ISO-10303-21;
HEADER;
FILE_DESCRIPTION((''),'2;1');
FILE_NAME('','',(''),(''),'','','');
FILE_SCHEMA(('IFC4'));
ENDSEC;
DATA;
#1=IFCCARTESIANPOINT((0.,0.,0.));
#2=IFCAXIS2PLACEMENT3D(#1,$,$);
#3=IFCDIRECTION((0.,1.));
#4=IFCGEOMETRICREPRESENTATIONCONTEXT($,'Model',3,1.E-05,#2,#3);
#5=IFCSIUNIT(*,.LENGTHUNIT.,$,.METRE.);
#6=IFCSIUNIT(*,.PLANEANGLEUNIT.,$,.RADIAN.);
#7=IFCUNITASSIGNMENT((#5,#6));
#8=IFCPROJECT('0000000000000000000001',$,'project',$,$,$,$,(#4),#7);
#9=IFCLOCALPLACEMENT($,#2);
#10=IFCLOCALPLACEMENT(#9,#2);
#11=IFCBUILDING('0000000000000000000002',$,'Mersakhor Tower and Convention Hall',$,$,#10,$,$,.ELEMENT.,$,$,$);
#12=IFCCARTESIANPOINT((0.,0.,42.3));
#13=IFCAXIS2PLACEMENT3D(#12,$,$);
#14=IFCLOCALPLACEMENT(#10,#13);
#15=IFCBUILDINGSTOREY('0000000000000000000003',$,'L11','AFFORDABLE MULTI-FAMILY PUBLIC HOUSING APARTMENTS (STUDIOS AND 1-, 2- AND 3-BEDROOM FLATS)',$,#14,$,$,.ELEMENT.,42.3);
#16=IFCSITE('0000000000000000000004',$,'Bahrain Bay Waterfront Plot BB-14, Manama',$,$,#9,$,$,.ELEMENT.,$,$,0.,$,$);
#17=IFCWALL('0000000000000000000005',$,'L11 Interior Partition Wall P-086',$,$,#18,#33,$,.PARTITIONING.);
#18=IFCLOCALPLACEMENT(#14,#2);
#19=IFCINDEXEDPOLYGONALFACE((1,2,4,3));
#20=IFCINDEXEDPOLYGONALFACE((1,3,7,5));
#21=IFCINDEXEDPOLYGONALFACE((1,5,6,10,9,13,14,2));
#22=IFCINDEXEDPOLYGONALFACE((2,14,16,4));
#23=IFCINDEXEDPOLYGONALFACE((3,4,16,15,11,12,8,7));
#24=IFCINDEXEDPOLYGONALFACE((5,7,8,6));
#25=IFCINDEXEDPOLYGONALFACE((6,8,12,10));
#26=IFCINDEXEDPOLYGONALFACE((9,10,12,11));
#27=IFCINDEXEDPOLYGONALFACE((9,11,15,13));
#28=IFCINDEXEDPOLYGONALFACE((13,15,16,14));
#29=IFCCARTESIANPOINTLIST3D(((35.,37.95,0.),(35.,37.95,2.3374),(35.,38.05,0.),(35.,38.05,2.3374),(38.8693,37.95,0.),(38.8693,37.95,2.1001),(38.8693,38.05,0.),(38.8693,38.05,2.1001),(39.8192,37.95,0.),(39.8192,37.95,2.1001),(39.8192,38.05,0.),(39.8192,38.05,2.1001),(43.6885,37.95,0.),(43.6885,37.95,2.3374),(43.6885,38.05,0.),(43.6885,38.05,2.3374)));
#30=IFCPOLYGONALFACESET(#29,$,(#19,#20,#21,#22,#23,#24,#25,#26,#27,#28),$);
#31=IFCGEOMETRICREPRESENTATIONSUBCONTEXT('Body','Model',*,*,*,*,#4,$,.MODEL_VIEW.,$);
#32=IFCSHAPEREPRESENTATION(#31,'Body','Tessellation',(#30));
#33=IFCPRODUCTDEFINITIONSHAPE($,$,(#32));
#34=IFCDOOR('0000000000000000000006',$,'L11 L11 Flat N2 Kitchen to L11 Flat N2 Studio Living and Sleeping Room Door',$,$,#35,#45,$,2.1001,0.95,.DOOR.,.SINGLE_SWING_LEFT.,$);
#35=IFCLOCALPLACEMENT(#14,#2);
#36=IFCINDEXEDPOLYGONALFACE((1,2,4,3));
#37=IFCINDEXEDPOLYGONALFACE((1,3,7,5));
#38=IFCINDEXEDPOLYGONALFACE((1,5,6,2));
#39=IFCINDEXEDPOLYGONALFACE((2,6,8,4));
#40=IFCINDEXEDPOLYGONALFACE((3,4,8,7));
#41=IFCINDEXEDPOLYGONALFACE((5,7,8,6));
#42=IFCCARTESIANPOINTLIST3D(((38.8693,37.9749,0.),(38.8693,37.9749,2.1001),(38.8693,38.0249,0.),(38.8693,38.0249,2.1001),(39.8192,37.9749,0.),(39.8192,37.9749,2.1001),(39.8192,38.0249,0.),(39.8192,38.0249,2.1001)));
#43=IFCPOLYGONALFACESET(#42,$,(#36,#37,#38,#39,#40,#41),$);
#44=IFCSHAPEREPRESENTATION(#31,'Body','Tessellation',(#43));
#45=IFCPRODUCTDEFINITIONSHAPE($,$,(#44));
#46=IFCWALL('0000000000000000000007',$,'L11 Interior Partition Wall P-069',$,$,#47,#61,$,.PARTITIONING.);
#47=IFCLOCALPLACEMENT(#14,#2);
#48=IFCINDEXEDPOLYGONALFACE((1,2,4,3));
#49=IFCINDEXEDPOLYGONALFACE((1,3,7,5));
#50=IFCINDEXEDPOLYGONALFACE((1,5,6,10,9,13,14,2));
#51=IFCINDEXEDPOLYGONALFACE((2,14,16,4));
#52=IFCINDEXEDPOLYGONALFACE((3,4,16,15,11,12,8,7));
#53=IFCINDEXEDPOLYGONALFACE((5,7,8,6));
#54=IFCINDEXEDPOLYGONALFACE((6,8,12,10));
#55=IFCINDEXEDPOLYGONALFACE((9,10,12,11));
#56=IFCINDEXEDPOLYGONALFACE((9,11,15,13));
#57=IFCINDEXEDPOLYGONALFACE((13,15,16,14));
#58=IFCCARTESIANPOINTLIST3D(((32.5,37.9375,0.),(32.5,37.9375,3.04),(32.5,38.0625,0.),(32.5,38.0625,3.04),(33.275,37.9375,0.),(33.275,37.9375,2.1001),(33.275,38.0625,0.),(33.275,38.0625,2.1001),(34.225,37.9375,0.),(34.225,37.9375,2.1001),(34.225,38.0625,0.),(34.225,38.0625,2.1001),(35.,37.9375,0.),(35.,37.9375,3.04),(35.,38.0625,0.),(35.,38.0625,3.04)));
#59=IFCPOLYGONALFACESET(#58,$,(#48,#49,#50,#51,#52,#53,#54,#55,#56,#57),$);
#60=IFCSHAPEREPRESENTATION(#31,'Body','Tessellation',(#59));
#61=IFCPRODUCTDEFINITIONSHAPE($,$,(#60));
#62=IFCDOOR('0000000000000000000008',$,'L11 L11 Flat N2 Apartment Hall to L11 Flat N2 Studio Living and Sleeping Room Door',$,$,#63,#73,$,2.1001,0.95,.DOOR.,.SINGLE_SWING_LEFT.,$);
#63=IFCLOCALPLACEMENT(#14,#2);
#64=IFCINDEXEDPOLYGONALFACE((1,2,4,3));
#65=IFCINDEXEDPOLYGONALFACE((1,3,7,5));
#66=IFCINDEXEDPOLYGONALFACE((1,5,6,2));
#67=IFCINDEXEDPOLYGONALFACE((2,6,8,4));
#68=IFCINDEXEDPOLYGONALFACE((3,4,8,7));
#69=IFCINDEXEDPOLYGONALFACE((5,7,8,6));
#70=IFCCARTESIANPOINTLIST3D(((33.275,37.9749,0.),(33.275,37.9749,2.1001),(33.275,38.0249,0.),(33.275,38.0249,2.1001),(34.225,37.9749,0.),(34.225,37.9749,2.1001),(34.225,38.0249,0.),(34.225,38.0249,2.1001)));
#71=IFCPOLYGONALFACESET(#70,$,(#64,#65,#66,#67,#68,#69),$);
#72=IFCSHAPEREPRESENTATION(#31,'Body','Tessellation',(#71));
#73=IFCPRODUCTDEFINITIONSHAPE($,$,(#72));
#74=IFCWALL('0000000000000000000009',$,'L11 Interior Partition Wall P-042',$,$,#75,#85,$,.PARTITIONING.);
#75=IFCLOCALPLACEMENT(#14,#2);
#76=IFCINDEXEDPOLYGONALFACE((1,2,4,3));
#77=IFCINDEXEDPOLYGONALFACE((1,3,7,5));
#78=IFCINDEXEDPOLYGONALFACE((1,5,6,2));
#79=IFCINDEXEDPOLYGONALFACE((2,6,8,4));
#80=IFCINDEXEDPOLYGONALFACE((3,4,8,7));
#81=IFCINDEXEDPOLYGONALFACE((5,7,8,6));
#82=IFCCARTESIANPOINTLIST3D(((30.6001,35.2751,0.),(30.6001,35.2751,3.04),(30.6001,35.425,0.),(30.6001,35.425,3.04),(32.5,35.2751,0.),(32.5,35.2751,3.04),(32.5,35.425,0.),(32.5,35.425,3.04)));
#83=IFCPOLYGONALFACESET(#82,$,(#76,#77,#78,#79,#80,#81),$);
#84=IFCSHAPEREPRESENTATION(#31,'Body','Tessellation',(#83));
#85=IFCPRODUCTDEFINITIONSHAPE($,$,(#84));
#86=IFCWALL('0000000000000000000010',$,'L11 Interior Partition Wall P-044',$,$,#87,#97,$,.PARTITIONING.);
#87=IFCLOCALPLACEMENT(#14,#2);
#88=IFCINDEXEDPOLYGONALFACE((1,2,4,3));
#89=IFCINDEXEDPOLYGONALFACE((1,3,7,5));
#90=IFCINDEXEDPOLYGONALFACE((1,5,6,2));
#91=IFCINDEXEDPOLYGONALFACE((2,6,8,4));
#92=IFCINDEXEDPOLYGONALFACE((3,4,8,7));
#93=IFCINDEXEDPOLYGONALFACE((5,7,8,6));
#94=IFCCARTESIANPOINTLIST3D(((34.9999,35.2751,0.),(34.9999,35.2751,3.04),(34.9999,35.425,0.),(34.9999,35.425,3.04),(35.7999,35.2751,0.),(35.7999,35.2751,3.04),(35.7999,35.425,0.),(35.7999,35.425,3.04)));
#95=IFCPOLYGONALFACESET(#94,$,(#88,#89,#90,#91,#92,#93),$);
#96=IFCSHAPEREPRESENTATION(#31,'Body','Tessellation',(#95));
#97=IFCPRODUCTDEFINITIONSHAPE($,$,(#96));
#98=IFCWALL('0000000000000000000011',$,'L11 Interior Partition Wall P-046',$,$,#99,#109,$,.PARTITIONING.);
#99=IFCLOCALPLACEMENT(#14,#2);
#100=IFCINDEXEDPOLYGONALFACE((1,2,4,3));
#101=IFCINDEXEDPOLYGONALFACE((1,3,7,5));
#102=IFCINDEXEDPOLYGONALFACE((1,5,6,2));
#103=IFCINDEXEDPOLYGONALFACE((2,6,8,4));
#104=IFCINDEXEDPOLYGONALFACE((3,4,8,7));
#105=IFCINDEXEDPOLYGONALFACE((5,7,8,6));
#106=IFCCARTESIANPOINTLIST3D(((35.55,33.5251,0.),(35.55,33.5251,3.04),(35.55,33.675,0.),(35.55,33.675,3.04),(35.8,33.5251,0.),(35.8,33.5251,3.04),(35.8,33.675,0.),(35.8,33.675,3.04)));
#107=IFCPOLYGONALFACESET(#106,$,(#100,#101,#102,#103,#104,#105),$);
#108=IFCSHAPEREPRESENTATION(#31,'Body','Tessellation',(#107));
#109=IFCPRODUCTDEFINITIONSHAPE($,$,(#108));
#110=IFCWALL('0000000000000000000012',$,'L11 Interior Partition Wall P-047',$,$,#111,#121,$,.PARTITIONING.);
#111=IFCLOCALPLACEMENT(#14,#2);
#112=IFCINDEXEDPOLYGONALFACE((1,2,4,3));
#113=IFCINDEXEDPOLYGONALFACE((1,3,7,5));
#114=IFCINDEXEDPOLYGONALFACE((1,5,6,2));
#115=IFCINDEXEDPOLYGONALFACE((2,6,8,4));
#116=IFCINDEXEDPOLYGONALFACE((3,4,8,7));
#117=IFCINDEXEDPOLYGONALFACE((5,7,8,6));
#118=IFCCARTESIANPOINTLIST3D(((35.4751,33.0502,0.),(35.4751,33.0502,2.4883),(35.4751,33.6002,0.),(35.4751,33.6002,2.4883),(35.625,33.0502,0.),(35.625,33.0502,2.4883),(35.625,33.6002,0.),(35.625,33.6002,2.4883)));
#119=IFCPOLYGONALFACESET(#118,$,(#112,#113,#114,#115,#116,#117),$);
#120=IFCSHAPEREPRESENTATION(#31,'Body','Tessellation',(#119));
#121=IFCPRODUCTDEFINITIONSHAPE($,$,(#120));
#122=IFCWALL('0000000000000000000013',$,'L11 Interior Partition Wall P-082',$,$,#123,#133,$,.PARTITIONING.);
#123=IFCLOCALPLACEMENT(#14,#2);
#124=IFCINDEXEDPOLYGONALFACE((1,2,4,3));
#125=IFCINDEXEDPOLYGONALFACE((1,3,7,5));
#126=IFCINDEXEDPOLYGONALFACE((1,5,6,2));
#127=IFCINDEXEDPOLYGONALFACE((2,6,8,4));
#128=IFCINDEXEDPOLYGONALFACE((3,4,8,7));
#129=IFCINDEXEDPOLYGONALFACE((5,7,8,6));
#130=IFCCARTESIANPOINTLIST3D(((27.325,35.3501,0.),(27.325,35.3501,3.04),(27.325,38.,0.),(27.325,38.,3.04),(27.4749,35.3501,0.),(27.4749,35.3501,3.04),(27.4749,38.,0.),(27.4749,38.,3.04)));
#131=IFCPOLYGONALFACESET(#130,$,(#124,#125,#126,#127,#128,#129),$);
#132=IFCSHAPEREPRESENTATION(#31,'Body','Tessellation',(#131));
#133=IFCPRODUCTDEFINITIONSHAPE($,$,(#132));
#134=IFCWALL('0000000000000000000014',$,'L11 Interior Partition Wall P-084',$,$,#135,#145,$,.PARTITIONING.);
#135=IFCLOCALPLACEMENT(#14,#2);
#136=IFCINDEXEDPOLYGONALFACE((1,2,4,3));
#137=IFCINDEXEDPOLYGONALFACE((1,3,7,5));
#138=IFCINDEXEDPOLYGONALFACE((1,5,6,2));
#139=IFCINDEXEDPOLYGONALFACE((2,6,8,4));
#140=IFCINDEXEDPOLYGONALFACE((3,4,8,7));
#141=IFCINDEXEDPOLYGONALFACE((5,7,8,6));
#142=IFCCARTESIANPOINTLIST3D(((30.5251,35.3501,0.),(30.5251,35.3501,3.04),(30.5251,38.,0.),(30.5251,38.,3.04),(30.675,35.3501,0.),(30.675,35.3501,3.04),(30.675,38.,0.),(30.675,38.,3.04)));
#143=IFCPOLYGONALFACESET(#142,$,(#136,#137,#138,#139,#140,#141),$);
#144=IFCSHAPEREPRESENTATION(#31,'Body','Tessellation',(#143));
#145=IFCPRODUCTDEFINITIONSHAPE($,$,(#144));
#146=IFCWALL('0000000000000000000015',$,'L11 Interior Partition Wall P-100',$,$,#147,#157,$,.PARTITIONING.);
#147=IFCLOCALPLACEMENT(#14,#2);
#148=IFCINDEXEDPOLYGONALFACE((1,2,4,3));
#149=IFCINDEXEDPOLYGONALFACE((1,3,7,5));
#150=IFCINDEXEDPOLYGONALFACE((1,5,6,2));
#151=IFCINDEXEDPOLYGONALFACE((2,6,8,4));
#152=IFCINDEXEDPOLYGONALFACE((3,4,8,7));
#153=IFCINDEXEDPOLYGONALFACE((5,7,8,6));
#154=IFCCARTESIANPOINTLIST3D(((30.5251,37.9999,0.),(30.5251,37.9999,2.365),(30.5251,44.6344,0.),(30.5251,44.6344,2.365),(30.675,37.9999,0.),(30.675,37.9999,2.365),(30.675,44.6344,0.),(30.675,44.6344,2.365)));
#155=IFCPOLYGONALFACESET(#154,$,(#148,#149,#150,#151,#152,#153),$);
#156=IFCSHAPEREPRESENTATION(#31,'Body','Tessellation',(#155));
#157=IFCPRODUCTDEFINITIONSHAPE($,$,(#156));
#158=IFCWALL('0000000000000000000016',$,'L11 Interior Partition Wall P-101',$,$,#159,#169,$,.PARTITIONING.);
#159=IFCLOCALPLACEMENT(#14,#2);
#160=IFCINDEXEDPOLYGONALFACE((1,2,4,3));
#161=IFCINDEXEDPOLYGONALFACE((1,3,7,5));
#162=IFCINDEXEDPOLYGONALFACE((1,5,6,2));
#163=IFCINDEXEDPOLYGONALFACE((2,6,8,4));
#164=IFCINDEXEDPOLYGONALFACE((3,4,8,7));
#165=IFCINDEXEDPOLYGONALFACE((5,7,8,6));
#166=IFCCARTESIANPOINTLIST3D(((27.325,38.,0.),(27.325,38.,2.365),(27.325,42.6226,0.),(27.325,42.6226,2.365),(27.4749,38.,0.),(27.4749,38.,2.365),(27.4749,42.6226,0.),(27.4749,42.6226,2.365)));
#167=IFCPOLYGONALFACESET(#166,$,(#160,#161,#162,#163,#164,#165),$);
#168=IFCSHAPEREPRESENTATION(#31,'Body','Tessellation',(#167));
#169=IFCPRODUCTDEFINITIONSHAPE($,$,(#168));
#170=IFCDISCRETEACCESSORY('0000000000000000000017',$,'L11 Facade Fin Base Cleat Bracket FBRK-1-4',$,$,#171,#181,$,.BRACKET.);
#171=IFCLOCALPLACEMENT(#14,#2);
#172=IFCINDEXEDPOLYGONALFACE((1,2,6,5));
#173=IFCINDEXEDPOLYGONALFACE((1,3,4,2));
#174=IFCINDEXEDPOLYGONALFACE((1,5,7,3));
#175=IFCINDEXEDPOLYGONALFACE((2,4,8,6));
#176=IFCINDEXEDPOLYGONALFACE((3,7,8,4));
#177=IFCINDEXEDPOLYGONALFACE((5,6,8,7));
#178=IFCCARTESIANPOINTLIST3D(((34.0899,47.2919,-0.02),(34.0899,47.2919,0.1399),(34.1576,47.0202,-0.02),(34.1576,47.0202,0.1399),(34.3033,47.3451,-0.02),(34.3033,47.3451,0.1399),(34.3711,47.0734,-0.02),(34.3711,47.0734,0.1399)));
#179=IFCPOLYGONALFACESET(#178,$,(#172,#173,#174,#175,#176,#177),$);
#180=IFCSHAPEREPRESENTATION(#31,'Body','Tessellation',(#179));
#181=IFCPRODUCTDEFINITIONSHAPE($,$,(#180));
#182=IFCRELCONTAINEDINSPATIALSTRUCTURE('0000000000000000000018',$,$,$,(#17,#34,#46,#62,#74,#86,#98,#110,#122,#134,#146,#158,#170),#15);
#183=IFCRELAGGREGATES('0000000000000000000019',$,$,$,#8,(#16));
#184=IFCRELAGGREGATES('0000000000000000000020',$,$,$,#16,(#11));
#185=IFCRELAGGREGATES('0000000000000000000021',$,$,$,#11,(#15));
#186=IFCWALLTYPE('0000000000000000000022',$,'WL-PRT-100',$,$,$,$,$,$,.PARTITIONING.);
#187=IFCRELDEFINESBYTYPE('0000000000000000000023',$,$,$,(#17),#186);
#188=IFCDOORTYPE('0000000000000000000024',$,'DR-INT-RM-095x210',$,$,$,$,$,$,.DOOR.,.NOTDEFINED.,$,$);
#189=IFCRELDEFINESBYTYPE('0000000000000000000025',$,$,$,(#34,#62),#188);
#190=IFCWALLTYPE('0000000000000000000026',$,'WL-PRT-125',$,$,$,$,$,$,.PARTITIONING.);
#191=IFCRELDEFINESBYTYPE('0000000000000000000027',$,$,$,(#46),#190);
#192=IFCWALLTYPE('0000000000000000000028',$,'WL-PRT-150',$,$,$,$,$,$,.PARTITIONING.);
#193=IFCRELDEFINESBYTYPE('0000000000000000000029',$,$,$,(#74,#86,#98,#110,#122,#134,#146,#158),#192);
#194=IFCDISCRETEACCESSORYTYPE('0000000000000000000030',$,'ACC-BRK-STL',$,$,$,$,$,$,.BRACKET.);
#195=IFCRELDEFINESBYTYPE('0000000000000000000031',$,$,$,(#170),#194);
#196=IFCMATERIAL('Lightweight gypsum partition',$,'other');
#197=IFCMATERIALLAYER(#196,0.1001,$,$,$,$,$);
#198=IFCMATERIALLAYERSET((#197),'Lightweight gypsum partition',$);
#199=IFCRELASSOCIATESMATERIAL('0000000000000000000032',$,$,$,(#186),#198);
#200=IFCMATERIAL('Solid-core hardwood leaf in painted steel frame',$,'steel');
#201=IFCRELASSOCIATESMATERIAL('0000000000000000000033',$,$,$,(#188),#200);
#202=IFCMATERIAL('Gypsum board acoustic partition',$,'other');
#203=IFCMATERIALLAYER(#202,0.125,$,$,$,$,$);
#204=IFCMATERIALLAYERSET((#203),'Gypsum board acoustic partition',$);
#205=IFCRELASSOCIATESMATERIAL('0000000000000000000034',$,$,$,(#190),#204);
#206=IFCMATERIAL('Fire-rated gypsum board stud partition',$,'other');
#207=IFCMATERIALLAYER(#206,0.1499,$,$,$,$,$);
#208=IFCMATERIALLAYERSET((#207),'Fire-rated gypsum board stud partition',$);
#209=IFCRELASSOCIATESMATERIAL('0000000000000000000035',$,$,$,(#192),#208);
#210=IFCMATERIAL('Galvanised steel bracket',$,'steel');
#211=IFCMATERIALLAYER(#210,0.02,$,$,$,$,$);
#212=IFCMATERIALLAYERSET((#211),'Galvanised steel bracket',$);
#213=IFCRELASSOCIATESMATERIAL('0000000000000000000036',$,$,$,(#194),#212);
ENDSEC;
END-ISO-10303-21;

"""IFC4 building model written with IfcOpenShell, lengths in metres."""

from ifc_helpers import new_model, si_unit, direction, frame, frame_2d, origin, origin_2d, place, context, subcontext, project, spatial, rectangle, extrude, material, layer, layer_set, type_object, element, fill, save


model = new_model("IFC4")

# Units and contexts
model_context = context("Model", 3, precision=1e-05, world=origin(), true_north=direction((0.0, 1.0)))
body_context = subcontext(model_context, "Body", "Model", "MODEL_VIEW")
ifc_project = project(units=[si_unit("LENGTHUNIT", "METRE"), si_unit("PLANEANGLEUNIT", "RADIAN")], contexts=[model_context])

# Site, building, storey
site_placement = place(None, origin())
site = spatial("IfcSite", under=ifc_project, at=site_placement, Name="Bahrain Bay Waterfront Plot BB-14, Manama", CompositionType="ELEMENT", RefElevation=0.0)
building_placement = place(site_placement, origin())
building = spatial("IfcBuilding", under=site, at=building_placement, Name="Mersakhor Tower and Convention Hall", CompositionType="ELEMENT")
storey_placement = place(building_placement, frame((0.0, 0.0, 42.3)))
storey = spatial("IfcBuildingStorey", under=building, at=storey_placement, Name="L11", Description="AFFORDABLE MULTI-FAMILY PUBLIC HOUSING APARTMENTS (STUDIOS AND 1-, 2- AND 3-BEDROOM FLATS)", CompositionType="ELEMENT", Elevation=42.3)

# Walls, openings, doors
ifc_material_1 = material(Name="Lightweight gypsum partition", Category="other")
ifc_layer_1 = layer(ifc_material_1, 0.1001)
ifc_layer_set_1 = layer_set([ifc_layer_1], Name="Lightweight gypsum partition")
wall_type_1 = type_object("IfcWallType", Name="WL-PRT-100", PredefinedType="PARTITIONING", material=ifc_layer_set_1)
ifc_material_2 = material(Name="Solid-core hardwood leaf in painted steel frame", Category="steel")
door_type_1 = type_object("IfcDoorType", Name="DR-INT-RM-095x210", OperationType="NOTDEFINED", PredefinedType="DOOR", material=ifc_material_2)
wall_1_placement = place(storey_placement, frame((35.0, 38.0, 0.0), z_axis=(0.0, 0.0, 1.0), x_axis=(1.0, 0.0, 0.0)))
wall_1 = element("IfcWall", 1, at=wall_1_placement, inside=storey, type_object=wall_type_1, Name="L11 Interior Partition Wall P-086", PredefinedType="PARTITIONING", context=body_context, shape_type="SweptSolid", body=[
    extrude(rectangle(XDim=8.6885, YDim=0.1001, at=frame_2d((4.3442, 0.0))), origin(), (0.0, 0.0, 1.0), 2.3374),
])
opening_1_placement = place(wall_1_placement, frame((3.8691, 0.0, 0.0)))
opening_1 = element("IfcOpeningElement", 2, at=opening_1_placement, cuts=wall_1, PredefinedType="OPENING", context=body_context, shape_type="SweptSolid", body=[
    extrude(rectangle(XDim=0.95, YDim=2.1001, at=frame_2d((0.4751, 1.05))), frame((0.0, 0.0601, 0.0), z_axis=(0.0, -1.0, 0.0), x_axis=(1.0, 0.0, 0.0)), (0.0, 0.0, 1.0), 0.1201),
])
door_1_placement = place(opening_1_placement, origin())
door_1 = element("IfcDoor", 3, at=door_1_placement, inside=storey, type_object=door_type_1, Name="L11 L11 Flat N2 Kitchen to L11 Flat N2 Studio Living and Sleeping Room Door", OperationType="SINGLE_SWING_LEFT", OverallHeight=2.1001, OverallWidth=0.95, PredefinedType="DOOR", context=body_context, shape_type="SweptSolid", body=[
    extrude(rectangle(XDim=0.95, YDim=2.1001, at=frame_2d((0.4751, 1.05))), frame((0.0, 0.0249, 0.0), z_axis=(0.0, -1.0, 0.0), x_axis=(1.0, 0.0, 0.0)), (0.0, 0.0, 1.0), 0.05),
])
fill(opening_1, door_1)
ifc_material_3 = material(Name="Gypsum board acoustic partition", Category="other")
ifc_layer_2 = layer(ifc_material_3, 0.125)
ifc_layer_set_2 = layer_set([ifc_layer_2], Name="Gypsum board acoustic partition")
wall_type_2 = type_object("IfcWallType", Name="WL-PRT-125", PredefinedType="PARTITIONING", material=ifc_layer_set_2)
wall_2_placement = place(storey_placement, frame((32.5, 38.0, 0.0), z_axis=(0.0, 0.0, 1.0), x_axis=(1.0, 0.0, 0.0)))
wall_2 = element("IfcWall", 4, at=wall_2_placement, inside=storey, type_object=wall_type_2, Name="L11 Interior Partition Wall P-069", PredefinedType="PARTITIONING", context=body_context, shape_type="SweptSolid", body=[
    extrude(rectangle(XDim=2.5, YDim=0.125, at=frame_2d((1.25, 0.0))), origin(), (0.0, 0.0, 1.0), 3.04),
])
opening_2_placement = place(wall_2_placement, frame((0.7749, 0.0, 0.0)))
opening_2 = element("IfcOpeningElement", 5, at=opening_2_placement, cuts=wall_2, PredefinedType="OPENING", context=body_context, shape_type="SweptSolid", body=[
    extrude(rectangle(XDim=0.95, YDim=2.1001, at=frame_2d((0.4751, 1.05))), frame((0.0, 0.0725, 0.0), z_axis=(0.0, -1.0, 0.0), x_axis=(1.0, 0.0, 0.0)), (0.0, 0.0, 1.0), 0.145),
])
door_2_placement = place(opening_2_placement, origin())
door_2 = element("IfcDoor", 6, at=door_2_placement, inside=storey, type_object=door_type_1, Name="L11 L11 Flat N2 Apartment Hall to L11 Flat N2 Studio Living and Sleeping Room Door", OperationType="SINGLE_SWING_LEFT", OverallHeight=2.1001, OverallWidth=0.95, PredefinedType="DOOR", context=body_context, shape_type="SweptSolid", body=[
    extrude(rectangle(XDim=0.95, YDim=2.1001, at=frame_2d((0.4751, 1.05))), frame((0.0, 0.0249, 0.0), z_axis=(0.0, -1.0, 0.0), x_axis=(1.0, 0.0, 0.0)), (0.0, 0.0, 1.0), 0.05),
])
fill(opening_2, door_2)
ifc_material_4 = material(Name="Fire-rated gypsum board stud partition", Category="other")
ifc_layer_3 = layer(ifc_material_4, 0.1499)
ifc_layer_set_3 = layer_set([ifc_layer_3], Name="Fire-rated gypsum board stud partition")
wall_type_3 = type_object("IfcWallType", Name="WL-PRT-150", PredefinedType="PARTITIONING", material=ifc_layer_set_3)

# Wall
wall_3_placement = place(storey_placement, frame((30.6001, 35.3501, 0.0), z_axis=(0.0, 0.0, 1.0), x_axis=(1.0, 0.0, 0.0)))
element("IfcWall", 7, at=wall_3_placement, inside=storey, type_object=wall_type_3, Name="L11 Interior Partition Wall P-042", PredefinedType="PARTITIONING", context=body_context, shape_type="SweptSolid", body=[
    extrude(rectangle(XDim=1.8999, YDim=0.1499, at=frame_2d((0.95, 0.0))), origin(), (0.0, 0.0, 1.0), 3.04),
])

# Wall
wall_4_placement = place(storey_placement, frame((35.0, 35.3501, 0.0), z_axis=(0.0, 0.0, 1.0), x_axis=(1.0, 0.0, 0.0)))
element("IfcWall", 8, at=wall_4_placement, inside=storey, type_object=wall_type_3, Name="L11 Interior Partition Wall P-044", PredefinedType="PARTITIONING", context=body_context, shape_type="SweptSolid", body=[
    extrude(rectangle(XDim=0.8, YDim=0.1499, at=frame_2d((0.3999, 0.0))), origin(), (0.0, 0.0, 1.0), 3.04),
])

# Walls
wall_5_placement = place(storey_placement, frame((35.8, 33.6001, 0.0), z_axis=(0.0, 0.0, 1.0), x_axis=(-1.0, 0.0, 0.0)))
element("IfcWall", 9, at=wall_5_placement, inside=storey, type_object=wall_type_3, Name="L11 Interior Partition Wall P-046", PredefinedType="PARTITIONING", context=body_context, shape_type="SweptSolid", body=[
    extrude(rectangle(XDim=0.25, YDim=0.1499, at=frame_2d((0.125, 0.0))), origin(), (0.0, 0.0, 1.0), 3.04),
])
wall_6_placement = place(storey_placement, frame((35.55, 33.6001, 0.0), z_axis=(0.0, 0.0, 1.0), x_axis=(0.0, -1.0, 0.0)))
element("IfcWall", 10, at=wall_6_placement, inside=storey, type_object=wall_type_3, Name="L11 Interior Partition Wall P-047", PredefinedType="PARTITIONING", context=body_context, shape_type="SweptSolid", body=[
    extrude(rectangle(XDim=0.55, YDim=0.1499, at=frame_2d((0.2749, 0.0))), origin(), (0.0, 0.0, 1.0), 2.4883),
])
for number, where, z_axis, x_axis, name in (
    (11, (27.3999, 38.0, 0.0), (0.0, 0.0, 1.0), (0.0, -1.0, 0.0), "L11 Interior Partition Wall P-082"),
    (12, (30.6001, 35.3501, 0.0), (0.0, 0.0, 1.0), (0.0, 1.0, 0.0), "L11 Interior Partition Wall P-084"),
):
    element("IfcWall", number, at=place(storey_placement, frame(where, z_axis=z_axis, x_axis=x_axis)), inside=storey, type_object=wall_type_3, Name=name, PredefinedType="PARTITIONING", context=body_context, shape_type="SweptSolid", body=[
        extrude(rectangle(XDim=2.6499, YDim=0.1499, at=frame_2d((1.325, 0.0))), origin(), (0.0, 0.0, 1.0), 3.04),
    ])
wall_7_placement = place(storey_placement, frame((30.6001, 44.6345, 0.0), z_axis=(0.0, 0.0, 1.0), x_axis=(0.0, -1.0, 0.0)))
element("IfcWall", 13, at=wall_7_placement, inside=storey, type_object=wall_type_3, Name="L11 Interior Partition Wall P-100", PredefinedType="PARTITIONING", context=body_context, shape_type="SweptSolid", body=[
    extrude(rectangle(XDim=6.6345, YDim=0.1499, at=frame_2d((3.3174, 0.0))), origin(), (0.0, 0.0, 1.0), 2.365),
])
wall_8_placement = place(storey_placement, frame((27.3999, 38.0, 0.0), z_axis=(0.0, 0.0, 1.0), x_axis=(0.0, 1.0, 0.0)))
element("IfcWall", 14, at=wall_8_placement, inside=storey, type_object=wall_type_3, Name="L11 Interior Partition Wall P-101", PredefinedType="PARTITIONING", context=body_context, shape_type="SweptSolid", body=[
    extrude(rectangle(XDim=4.6226, YDim=0.1499, at=frame_2d((2.3113, 0.0))), origin(), (0.0, 0.0, 1.0), 2.365),
])

# Discrete accessory
ifc_material_5 = material(Name="Galvanised steel bracket", Category="steel")
ifc_layer_4 = layer(ifc_material_5, 0.02)
ifc_layer_set_4 = layer_set([ifc_layer_4], Name="Galvanised steel bracket")
discrete_accessory_type = type_object("IfcDiscreteAccessoryType", Name="ACC-BRK-STL", PredefinedType="BRACKET", material=ifc_layer_set_4)
discrete_accessory_placement = place(storey_placement, frame((34.2305, 47.1826, -0.02), z_axis=(0.0, 0.0, 1.0), x_axis=(-0.241922, 0.970296, 0.0)))
element("IfcDiscreteAccessory", 15, at=discrete_accessory_placement, inside=storey, type_object=discrete_accessory_type, Name="L11 Facade Fin Base Cleat Bracket FBRK-1-4", PredefinedType="BRACKET", context=body_context, shape_type="SweptSolid", body=[
    extrude(rectangle(XDim=0.28, YDim=0.22, at=origin_2d()), origin(), (0.0, 0.0, 1.0), 0.1599),
])

save(model, "model.ifc")
